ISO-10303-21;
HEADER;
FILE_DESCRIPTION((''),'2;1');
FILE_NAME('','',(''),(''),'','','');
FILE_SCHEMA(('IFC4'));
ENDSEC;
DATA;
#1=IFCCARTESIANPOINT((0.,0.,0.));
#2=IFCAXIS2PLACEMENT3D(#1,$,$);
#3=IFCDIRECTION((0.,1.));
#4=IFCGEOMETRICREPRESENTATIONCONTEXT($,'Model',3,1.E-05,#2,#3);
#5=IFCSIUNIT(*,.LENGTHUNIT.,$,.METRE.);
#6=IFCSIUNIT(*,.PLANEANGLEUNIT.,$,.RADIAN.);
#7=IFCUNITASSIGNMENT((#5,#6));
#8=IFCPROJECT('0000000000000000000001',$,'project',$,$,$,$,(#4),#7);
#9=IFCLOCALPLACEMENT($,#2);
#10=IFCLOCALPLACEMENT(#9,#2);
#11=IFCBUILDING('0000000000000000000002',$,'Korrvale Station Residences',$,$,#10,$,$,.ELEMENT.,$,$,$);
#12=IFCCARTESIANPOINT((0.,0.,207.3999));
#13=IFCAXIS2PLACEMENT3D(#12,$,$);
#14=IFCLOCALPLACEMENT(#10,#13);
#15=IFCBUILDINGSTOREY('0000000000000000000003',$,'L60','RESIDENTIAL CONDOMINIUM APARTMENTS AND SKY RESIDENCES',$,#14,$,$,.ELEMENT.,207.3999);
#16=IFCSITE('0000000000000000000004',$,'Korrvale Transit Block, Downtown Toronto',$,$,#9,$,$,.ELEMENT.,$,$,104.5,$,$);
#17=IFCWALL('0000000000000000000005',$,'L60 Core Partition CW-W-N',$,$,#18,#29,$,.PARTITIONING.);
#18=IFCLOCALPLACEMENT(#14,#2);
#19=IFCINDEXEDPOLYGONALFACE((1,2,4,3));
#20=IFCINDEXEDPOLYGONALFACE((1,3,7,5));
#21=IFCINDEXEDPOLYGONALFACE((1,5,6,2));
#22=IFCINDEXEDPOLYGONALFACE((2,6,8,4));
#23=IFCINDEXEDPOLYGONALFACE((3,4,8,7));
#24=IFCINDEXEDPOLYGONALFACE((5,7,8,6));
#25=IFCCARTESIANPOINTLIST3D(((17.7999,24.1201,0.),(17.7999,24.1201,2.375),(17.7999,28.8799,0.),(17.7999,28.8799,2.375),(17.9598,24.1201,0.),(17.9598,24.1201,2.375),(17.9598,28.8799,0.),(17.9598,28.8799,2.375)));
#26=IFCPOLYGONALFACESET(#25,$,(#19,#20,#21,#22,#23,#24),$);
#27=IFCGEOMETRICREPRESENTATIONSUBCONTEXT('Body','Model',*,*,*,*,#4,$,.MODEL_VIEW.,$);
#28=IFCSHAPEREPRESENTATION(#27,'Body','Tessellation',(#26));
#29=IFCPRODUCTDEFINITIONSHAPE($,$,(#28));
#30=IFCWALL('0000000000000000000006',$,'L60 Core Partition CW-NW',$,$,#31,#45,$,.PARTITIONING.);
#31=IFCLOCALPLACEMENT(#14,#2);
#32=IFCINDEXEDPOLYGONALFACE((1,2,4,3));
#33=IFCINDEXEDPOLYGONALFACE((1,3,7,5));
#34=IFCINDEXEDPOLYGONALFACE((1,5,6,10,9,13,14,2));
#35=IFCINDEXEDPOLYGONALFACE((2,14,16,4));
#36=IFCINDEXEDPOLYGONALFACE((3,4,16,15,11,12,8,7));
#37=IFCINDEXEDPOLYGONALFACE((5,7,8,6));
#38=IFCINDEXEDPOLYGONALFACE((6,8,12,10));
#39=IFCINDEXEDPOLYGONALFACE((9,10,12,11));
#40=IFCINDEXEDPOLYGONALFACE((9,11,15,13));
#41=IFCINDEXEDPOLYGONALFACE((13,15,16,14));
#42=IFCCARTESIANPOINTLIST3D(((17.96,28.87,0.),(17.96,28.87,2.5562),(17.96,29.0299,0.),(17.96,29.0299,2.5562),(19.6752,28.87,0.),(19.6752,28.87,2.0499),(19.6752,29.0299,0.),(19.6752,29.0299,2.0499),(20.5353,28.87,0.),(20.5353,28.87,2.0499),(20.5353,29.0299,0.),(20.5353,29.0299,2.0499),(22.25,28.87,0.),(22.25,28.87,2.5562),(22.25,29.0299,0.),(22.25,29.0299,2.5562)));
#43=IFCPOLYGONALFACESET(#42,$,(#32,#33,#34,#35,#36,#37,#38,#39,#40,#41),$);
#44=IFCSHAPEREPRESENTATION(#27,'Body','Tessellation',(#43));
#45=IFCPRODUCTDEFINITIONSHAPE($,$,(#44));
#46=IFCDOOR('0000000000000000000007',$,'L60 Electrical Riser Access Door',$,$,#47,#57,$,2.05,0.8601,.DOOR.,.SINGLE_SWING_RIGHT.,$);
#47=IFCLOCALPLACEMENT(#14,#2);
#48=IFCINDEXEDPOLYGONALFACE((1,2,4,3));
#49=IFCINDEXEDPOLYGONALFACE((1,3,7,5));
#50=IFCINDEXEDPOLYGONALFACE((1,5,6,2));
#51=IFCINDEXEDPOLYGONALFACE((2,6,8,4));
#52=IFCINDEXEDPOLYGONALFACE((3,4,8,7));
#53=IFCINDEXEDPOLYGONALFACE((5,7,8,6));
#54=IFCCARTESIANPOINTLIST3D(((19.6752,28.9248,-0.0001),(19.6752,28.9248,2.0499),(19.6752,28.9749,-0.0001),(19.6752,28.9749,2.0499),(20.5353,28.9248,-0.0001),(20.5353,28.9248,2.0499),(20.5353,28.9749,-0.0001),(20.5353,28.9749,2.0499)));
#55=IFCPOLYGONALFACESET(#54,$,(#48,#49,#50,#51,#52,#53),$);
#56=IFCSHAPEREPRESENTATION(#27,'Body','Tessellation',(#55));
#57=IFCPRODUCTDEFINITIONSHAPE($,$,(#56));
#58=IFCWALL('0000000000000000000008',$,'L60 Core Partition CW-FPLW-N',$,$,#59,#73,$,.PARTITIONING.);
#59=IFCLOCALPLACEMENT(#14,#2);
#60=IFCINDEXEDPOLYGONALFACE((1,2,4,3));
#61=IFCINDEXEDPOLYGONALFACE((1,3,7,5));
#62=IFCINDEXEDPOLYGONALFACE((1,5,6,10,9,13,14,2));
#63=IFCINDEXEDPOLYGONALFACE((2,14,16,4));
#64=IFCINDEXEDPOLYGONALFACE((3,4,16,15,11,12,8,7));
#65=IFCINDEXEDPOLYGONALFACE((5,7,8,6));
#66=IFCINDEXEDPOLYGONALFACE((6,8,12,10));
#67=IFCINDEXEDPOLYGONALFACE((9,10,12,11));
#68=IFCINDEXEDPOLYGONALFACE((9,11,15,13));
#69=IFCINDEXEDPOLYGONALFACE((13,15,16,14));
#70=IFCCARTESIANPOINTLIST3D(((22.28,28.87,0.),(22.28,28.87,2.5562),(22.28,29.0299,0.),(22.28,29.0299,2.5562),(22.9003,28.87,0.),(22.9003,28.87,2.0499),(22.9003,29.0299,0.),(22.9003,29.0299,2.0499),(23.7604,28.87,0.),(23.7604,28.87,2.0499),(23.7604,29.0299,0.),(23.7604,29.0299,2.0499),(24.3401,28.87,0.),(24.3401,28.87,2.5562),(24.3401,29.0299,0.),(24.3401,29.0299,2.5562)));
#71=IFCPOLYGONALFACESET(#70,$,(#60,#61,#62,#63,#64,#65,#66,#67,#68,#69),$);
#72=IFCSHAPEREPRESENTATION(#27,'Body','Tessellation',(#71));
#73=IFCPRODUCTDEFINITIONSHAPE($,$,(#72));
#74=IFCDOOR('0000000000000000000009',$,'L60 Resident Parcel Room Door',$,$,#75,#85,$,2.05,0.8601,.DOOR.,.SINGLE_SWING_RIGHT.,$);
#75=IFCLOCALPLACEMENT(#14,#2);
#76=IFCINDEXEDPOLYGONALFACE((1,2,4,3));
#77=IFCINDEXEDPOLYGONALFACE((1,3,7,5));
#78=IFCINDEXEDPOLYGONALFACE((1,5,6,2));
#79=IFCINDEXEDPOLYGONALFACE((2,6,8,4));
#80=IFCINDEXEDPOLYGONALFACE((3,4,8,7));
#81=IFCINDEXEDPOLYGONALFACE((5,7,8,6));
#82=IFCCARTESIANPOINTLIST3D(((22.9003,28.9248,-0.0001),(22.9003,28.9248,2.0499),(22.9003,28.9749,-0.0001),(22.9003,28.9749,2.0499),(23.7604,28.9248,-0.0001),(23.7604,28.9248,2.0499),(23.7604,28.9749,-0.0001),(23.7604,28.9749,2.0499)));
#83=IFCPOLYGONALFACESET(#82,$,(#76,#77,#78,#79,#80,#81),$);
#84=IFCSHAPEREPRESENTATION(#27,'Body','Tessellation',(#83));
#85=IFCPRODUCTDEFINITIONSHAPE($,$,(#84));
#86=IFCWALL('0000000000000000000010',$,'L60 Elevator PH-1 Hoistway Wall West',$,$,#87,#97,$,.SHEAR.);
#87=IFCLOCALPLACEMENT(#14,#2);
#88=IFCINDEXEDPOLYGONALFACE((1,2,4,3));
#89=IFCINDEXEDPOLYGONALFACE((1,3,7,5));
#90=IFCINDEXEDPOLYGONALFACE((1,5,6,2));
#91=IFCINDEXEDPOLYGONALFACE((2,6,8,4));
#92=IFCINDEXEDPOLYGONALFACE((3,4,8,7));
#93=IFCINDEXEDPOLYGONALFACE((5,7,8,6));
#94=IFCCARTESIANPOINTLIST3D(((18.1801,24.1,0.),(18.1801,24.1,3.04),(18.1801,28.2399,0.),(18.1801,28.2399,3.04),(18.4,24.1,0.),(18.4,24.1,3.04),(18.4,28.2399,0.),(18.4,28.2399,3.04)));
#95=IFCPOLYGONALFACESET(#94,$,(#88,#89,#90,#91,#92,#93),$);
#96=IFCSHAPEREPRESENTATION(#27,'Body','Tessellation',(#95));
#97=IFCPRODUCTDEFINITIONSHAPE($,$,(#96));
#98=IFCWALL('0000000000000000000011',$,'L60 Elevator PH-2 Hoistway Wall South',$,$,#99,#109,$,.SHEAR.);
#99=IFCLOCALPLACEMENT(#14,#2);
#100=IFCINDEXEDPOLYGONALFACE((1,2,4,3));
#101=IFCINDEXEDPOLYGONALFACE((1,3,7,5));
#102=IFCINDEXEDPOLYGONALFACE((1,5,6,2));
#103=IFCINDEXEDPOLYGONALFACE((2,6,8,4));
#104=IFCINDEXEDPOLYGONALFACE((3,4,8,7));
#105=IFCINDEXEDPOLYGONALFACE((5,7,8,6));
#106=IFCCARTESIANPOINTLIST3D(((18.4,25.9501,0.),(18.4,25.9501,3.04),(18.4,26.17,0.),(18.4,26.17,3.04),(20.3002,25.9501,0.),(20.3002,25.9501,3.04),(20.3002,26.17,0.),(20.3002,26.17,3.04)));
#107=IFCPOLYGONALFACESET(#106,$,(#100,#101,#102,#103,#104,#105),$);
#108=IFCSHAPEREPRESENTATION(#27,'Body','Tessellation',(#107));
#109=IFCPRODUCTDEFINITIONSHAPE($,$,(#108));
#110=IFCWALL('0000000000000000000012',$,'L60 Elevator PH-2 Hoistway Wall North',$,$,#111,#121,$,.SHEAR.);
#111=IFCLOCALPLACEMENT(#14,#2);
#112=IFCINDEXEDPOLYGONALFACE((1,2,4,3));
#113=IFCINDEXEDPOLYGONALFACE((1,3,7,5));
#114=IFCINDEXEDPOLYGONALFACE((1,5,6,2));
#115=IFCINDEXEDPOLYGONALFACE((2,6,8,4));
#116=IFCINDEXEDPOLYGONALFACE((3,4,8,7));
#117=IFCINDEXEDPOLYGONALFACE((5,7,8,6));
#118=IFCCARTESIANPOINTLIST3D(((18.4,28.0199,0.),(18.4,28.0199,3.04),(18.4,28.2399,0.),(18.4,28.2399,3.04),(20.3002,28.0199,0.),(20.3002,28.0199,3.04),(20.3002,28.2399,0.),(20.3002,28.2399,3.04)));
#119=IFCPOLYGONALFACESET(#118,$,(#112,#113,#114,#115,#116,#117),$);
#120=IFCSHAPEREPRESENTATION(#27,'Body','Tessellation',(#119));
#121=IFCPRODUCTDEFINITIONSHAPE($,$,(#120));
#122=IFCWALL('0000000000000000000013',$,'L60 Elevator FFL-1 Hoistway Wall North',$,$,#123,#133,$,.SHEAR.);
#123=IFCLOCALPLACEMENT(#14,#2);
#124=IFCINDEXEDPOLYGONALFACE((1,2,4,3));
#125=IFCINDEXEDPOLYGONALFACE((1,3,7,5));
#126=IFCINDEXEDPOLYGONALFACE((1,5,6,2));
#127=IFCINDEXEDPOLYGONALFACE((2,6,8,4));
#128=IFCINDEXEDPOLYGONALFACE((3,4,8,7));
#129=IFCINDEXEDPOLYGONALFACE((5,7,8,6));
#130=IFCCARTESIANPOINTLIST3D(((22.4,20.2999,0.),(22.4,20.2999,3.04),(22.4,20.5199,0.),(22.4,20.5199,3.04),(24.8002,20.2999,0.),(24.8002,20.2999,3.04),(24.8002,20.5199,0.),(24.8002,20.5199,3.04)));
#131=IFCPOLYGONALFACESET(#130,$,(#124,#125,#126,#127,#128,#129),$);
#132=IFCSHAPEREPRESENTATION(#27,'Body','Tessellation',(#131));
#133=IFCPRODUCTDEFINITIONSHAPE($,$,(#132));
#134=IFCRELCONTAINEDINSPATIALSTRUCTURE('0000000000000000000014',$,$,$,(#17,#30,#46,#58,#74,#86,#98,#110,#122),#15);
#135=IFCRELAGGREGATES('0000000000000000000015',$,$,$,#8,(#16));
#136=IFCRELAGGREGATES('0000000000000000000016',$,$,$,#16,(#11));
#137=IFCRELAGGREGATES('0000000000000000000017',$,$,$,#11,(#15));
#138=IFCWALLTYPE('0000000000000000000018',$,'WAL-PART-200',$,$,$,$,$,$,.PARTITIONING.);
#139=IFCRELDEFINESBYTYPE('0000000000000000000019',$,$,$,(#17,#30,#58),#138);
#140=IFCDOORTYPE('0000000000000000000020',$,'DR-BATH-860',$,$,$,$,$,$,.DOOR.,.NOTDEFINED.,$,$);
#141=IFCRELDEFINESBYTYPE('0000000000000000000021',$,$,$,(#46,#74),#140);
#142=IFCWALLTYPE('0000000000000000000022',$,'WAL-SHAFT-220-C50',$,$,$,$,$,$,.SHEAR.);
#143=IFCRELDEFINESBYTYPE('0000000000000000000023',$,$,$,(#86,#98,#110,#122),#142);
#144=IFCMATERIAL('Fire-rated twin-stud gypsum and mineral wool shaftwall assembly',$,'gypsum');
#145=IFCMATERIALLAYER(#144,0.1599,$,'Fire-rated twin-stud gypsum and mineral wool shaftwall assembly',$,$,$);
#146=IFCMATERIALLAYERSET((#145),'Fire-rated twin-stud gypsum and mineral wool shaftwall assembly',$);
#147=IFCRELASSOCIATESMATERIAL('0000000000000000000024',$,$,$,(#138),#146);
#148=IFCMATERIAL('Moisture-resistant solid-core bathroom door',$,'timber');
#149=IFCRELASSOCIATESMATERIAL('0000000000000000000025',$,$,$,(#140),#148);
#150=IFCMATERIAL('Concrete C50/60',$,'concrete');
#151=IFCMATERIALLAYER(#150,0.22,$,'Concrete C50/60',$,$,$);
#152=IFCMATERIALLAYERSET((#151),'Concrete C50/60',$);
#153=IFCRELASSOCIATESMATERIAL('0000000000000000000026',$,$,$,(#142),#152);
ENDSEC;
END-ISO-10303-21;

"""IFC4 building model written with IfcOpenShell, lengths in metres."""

from ifc_helpers import new_model, si_unit, direction, frame, frame_2d, origin, place, context, subcontext, project, spatial, rectangle, extrude, material, layer, layer_set, type_object, element, fill, save


model = new_model("IFC4")

# Units and contexts
model_context = context("Model", 3, precision=1e-05, world=origin(), true_north=direction((0.0, 1.0)))
body_context = subcontext(model_context, "Body", "Model", "MODEL_VIEW")
ifc_project = project(units=[si_unit("LENGTHUNIT", "METRE"), si_unit("PLANEANGLEUNIT", "RADIAN")], contexts=[model_context])

# Site, building, storey
site_placement = place(None, origin())
site = spatial("IfcSite", under=ifc_project, at=site_placement, Name="Korrvale Transit Block, Downtown Toronto", CompositionType="ELEMENT", RefElevation=104.5)
building_placement = place(site_placement, origin())
building = spatial("IfcBuilding", under=site, at=building_placement, Name="Korrvale Station Residences", CompositionType="ELEMENT")
storey_placement = place(building_placement, frame((0.0, 0.0, 207.3999)))
storey = spatial("IfcBuildingStorey", under=building, at=storey_placement, Name="L60", Description="RESIDENTIAL CONDOMINIUM APARTMENTS AND SKY RESIDENCES", CompositionType="ELEMENT", Elevation=207.3999)

# Shared definitions
ifc_material_1 = material(Name="Concrete C50/60", Category="concrete")

# Wall
ifc_material_2 = material(Name="Fire-rated twin-stud gypsum and mineral wool shaftwall assembly", Category="gypsum")
ifc_layer_1 = layer(ifc_material_2, 0.1599, Name="Fire-rated twin-stud gypsum and mineral wool shaftwall assembly")
ifc_layer_set_1 = layer_set([ifc_layer_1], Name="Fire-rated twin-stud gypsum and mineral wool shaftwall assembly")
wall_type_1 = type_object("IfcWallType", Name="WAL-PART-200", PredefinedType="PARTITIONING", material=ifc_layer_set_1)
wall_1_placement = place(storey_placement, frame((17.8799, 24.1201, 0.0), z_axis=(0.0, 0.0, 1.0), x_axis=(0.0, 1.0, 0.0)))
element("IfcWall", 1, at=wall_1_placement, inside=storey, type_object=wall_type_1, Name="L60 Core Partition CW-W-N", PredefinedType="PARTITIONING", context=body_context, shape_type="SweptSolid", body=[
    extrude(rectangle(XDim=4.7598, YDim=0.1599, at=frame_2d((2.3799, 0.0))), origin(), (0.0, 0.0, 1.0), 2.375),
])

# Walls, openings, doors
wall_2_placement = place(storey_placement, frame((17.96, 28.95, 0.0), z_axis=(0.0, 0.0, 1.0), x_axis=(1.0, 0.0, 0.0)))
wall_2 = element("IfcWall", 2, at=wall_2_placement, inside=storey, type_object=wall_type_1, Name="L60 Core Partition CW-NW", PredefinedType="PARTITIONING", context=body_context, shape_type="SweptSolid", body=[
    extrude(rectangle(XDim=4.29, YDim=0.1599, at=frame_2d((2.145, 0.0))), origin(), (0.0, 0.0, 1.0), 2.5562),
])
opening_1_placement = place(wall_2_placement, frame((1.7151, 0.0, 0.0)))
opening_1 = element("IfcOpeningElement", 3, at=opening_1_placement, cuts=wall_2, PredefinedType="OPENING", context=body_context, shape_type="SweptSolid", body=[
    extrude(rectangle(XDim=0.8601, YDim=2.05, at=frame_2d((0.4302, 1.0249))), frame((0.0, 0.0898, 0.0), z_axis=(0.0, -1.0, 0.0), x_axis=(1.0, 0.0, 0.0)), (0.0, 0.0, 1.0), 0.1799),
])
ifc_material_3 = material(Name="Moisture-resistant solid-core bathroom door", Category="timber")
door_type_1 = type_object("IfcDoorType", Name="DR-BATH-860", OperationType="NOTDEFINED", PredefinedType="DOOR", material=ifc_material_3)
door_1_placement = place(opening_1_placement, origin())
door_1 = element("IfcDoor", 4, at=door_1_placement, inside=storey, type_object=door_type_1, Name="L60 Electrical Riser Access Door", OperationType="SINGLE_SWING_RIGHT", OverallHeight=2.05, OverallWidth=0.8601, PredefinedType="DOOR", context=body_context, shape_type="SweptSolid", body=[
    extrude(rectangle(XDim=0.8601, YDim=2.05, at=frame_2d((0.4302, 1.0249))), frame((0.0, 0.0249, 0.0), z_axis=(0.0, -1.0, 0.0), x_axis=(1.0, 0.0, 0.0)), (0.0, 0.0, 1.0), 0.05),
])
fill(opening_1, door_1)
wall_3_placement = place(storey_placement, frame((22.28, 28.95, 0.0), z_axis=(0.0, 0.0, 1.0), x_axis=(1.0, 0.0, 0.0)))
wall_3 = element("IfcWall", 5, at=wall_3_placement, inside=storey, type_object=wall_type_1, Name="L60 Core Partition CW-FPLW-N", PredefinedType="PARTITIONING", context=body_context, shape_type="SweptSolid", body=[
    extrude(rectangle(XDim=2.0601, YDim=0.1599, at=frame_2d((1.03, 0.0))), origin(), (0.0, 0.0, 1.0), 2.5562),
])
opening_2_placement = place(wall_3_placement, frame((0.6201, 0.0, 0.0)))
opening_2 = element("IfcOpeningElement", 6, at=opening_2_placement, cuts=wall_3, PredefinedType="OPENING", context=body_context, shape_type="SweptSolid", body=[
    extrude(rectangle(XDim=0.8601, YDim=2.05, at=frame_2d((0.4302, 1.0249))), frame((0.0, 0.0898, 0.0), z_axis=(0.0, -1.0, 0.0), x_axis=(1.0, 0.0, 0.0)), (0.0, 0.0, 1.0), 0.1799),
])
door_2_placement = place(opening_2_placement, origin())
door_2 = element("IfcDoor", 7, at=door_2_placement, inside=storey, type_object=door_type_1, Name="L60 Resident Parcel Room Door", OperationType="SINGLE_SWING_RIGHT", OverallHeight=2.05, OverallWidth=0.8601, PredefinedType="DOOR", context=body_context, shape_type="SweptSolid", body=[
    extrude(rectangle(XDim=0.8601, YDim=2.05, at=frame_2d((0.4302, 1.0249))), frame((0.0, 0.0249, 0.0), z_axis=(0.0, -1.0, 0.0), x_axis=(1.0, 0.0, 0.0)), (0.0, 0.0, 1.0), 0.05),
])
fill(opening_2, door_2)

# Wall
ifc_layer_2 = layer(ifc_material_1, 0.22, Name="Concrete C50/60")
ifc_layer_set_2 = layer_set([ifc_layer_2], Name="Concrete C50/60")
wall_type_2 = type_object("IfcWallType", Name="WAL-SHAFT-220-C50", PredefinedType="SHEAR", material=ifc_layer_set_2)
wall_4_placement = place(storey_placement, frame((18.29, 24.1001, 0.0), z_axis=(0.0, 0.0, 1.0), x_axis=(0.0, 1.0, 0.0)))
element("IfcWall", 8, at=wall_4_placement, inside=storey, type_object=wall_type_2, Name="L60 Elevator PH-1 Hoistway Wall West", PredefinedType="SHEAR", context=body_context, shape_type="SweptSolid", body=[
    extrude(rectangle(XDim=4.1399, YDim=0.22, at=frame_2d((2.0698, 0.0))), origin(), (0.0, 0.0, 1.0), 3.04),
])

# Walls
for number, where, z_axis, x_axis, name in (
    (9, (18.3999, 26.0601, 0.0), (0.0, 0.0, 1.0), (1.0, 0.0, 0.0), "L60 Elevator PH-2 Hoistway Wall South"),
    (10, (18.3999, 28.1299, 0.0), (0.0, 0.0, 1.0), (1.0, 0.0, 0.0), "L60 Elevator PH-2 Hoistway Wall North"),
):
    element("IfcWall", number, at=place(storey_placement, frame(where, z_axis=z_axis, x_axis=x_axis)), inside=storey, type_object=wall_type_2, Name=name, PredefinedType="SHEAR", context=body_context, shape_type="SweptSolid", body=[
        extrude(rectangle(XDim=1.9001, YDim=0.22, at=frame_2d((0.9502, 0.0))), origin(), (0.0, 0.0, 1.0), 3.04),
    ])

# Wall
wall_5_placement = place(storey_placement, frame((22.3999, 20.4099, 0.0), z_axis=(0.0, 0.0, 1.0), x_axis=(1.0, 0.0, 0.0)))
element("IfcWall", 11, at=wall_5_placement, inside=storey, type_object=wall_type_2, Name="L60 Elevator FFL-1 Hoistway Wall North", PredefinedType="SHEAR", context=body_context, shape_type="SweptSolid", body=[
    extrude(rectangle(XDim=2.4001, YDim=0.22, at=frame_2d((1.2002, 0.0))), origin(), (0.0, 0.0, 1.0), 3.04),
])

save(model, "model.ifc")
